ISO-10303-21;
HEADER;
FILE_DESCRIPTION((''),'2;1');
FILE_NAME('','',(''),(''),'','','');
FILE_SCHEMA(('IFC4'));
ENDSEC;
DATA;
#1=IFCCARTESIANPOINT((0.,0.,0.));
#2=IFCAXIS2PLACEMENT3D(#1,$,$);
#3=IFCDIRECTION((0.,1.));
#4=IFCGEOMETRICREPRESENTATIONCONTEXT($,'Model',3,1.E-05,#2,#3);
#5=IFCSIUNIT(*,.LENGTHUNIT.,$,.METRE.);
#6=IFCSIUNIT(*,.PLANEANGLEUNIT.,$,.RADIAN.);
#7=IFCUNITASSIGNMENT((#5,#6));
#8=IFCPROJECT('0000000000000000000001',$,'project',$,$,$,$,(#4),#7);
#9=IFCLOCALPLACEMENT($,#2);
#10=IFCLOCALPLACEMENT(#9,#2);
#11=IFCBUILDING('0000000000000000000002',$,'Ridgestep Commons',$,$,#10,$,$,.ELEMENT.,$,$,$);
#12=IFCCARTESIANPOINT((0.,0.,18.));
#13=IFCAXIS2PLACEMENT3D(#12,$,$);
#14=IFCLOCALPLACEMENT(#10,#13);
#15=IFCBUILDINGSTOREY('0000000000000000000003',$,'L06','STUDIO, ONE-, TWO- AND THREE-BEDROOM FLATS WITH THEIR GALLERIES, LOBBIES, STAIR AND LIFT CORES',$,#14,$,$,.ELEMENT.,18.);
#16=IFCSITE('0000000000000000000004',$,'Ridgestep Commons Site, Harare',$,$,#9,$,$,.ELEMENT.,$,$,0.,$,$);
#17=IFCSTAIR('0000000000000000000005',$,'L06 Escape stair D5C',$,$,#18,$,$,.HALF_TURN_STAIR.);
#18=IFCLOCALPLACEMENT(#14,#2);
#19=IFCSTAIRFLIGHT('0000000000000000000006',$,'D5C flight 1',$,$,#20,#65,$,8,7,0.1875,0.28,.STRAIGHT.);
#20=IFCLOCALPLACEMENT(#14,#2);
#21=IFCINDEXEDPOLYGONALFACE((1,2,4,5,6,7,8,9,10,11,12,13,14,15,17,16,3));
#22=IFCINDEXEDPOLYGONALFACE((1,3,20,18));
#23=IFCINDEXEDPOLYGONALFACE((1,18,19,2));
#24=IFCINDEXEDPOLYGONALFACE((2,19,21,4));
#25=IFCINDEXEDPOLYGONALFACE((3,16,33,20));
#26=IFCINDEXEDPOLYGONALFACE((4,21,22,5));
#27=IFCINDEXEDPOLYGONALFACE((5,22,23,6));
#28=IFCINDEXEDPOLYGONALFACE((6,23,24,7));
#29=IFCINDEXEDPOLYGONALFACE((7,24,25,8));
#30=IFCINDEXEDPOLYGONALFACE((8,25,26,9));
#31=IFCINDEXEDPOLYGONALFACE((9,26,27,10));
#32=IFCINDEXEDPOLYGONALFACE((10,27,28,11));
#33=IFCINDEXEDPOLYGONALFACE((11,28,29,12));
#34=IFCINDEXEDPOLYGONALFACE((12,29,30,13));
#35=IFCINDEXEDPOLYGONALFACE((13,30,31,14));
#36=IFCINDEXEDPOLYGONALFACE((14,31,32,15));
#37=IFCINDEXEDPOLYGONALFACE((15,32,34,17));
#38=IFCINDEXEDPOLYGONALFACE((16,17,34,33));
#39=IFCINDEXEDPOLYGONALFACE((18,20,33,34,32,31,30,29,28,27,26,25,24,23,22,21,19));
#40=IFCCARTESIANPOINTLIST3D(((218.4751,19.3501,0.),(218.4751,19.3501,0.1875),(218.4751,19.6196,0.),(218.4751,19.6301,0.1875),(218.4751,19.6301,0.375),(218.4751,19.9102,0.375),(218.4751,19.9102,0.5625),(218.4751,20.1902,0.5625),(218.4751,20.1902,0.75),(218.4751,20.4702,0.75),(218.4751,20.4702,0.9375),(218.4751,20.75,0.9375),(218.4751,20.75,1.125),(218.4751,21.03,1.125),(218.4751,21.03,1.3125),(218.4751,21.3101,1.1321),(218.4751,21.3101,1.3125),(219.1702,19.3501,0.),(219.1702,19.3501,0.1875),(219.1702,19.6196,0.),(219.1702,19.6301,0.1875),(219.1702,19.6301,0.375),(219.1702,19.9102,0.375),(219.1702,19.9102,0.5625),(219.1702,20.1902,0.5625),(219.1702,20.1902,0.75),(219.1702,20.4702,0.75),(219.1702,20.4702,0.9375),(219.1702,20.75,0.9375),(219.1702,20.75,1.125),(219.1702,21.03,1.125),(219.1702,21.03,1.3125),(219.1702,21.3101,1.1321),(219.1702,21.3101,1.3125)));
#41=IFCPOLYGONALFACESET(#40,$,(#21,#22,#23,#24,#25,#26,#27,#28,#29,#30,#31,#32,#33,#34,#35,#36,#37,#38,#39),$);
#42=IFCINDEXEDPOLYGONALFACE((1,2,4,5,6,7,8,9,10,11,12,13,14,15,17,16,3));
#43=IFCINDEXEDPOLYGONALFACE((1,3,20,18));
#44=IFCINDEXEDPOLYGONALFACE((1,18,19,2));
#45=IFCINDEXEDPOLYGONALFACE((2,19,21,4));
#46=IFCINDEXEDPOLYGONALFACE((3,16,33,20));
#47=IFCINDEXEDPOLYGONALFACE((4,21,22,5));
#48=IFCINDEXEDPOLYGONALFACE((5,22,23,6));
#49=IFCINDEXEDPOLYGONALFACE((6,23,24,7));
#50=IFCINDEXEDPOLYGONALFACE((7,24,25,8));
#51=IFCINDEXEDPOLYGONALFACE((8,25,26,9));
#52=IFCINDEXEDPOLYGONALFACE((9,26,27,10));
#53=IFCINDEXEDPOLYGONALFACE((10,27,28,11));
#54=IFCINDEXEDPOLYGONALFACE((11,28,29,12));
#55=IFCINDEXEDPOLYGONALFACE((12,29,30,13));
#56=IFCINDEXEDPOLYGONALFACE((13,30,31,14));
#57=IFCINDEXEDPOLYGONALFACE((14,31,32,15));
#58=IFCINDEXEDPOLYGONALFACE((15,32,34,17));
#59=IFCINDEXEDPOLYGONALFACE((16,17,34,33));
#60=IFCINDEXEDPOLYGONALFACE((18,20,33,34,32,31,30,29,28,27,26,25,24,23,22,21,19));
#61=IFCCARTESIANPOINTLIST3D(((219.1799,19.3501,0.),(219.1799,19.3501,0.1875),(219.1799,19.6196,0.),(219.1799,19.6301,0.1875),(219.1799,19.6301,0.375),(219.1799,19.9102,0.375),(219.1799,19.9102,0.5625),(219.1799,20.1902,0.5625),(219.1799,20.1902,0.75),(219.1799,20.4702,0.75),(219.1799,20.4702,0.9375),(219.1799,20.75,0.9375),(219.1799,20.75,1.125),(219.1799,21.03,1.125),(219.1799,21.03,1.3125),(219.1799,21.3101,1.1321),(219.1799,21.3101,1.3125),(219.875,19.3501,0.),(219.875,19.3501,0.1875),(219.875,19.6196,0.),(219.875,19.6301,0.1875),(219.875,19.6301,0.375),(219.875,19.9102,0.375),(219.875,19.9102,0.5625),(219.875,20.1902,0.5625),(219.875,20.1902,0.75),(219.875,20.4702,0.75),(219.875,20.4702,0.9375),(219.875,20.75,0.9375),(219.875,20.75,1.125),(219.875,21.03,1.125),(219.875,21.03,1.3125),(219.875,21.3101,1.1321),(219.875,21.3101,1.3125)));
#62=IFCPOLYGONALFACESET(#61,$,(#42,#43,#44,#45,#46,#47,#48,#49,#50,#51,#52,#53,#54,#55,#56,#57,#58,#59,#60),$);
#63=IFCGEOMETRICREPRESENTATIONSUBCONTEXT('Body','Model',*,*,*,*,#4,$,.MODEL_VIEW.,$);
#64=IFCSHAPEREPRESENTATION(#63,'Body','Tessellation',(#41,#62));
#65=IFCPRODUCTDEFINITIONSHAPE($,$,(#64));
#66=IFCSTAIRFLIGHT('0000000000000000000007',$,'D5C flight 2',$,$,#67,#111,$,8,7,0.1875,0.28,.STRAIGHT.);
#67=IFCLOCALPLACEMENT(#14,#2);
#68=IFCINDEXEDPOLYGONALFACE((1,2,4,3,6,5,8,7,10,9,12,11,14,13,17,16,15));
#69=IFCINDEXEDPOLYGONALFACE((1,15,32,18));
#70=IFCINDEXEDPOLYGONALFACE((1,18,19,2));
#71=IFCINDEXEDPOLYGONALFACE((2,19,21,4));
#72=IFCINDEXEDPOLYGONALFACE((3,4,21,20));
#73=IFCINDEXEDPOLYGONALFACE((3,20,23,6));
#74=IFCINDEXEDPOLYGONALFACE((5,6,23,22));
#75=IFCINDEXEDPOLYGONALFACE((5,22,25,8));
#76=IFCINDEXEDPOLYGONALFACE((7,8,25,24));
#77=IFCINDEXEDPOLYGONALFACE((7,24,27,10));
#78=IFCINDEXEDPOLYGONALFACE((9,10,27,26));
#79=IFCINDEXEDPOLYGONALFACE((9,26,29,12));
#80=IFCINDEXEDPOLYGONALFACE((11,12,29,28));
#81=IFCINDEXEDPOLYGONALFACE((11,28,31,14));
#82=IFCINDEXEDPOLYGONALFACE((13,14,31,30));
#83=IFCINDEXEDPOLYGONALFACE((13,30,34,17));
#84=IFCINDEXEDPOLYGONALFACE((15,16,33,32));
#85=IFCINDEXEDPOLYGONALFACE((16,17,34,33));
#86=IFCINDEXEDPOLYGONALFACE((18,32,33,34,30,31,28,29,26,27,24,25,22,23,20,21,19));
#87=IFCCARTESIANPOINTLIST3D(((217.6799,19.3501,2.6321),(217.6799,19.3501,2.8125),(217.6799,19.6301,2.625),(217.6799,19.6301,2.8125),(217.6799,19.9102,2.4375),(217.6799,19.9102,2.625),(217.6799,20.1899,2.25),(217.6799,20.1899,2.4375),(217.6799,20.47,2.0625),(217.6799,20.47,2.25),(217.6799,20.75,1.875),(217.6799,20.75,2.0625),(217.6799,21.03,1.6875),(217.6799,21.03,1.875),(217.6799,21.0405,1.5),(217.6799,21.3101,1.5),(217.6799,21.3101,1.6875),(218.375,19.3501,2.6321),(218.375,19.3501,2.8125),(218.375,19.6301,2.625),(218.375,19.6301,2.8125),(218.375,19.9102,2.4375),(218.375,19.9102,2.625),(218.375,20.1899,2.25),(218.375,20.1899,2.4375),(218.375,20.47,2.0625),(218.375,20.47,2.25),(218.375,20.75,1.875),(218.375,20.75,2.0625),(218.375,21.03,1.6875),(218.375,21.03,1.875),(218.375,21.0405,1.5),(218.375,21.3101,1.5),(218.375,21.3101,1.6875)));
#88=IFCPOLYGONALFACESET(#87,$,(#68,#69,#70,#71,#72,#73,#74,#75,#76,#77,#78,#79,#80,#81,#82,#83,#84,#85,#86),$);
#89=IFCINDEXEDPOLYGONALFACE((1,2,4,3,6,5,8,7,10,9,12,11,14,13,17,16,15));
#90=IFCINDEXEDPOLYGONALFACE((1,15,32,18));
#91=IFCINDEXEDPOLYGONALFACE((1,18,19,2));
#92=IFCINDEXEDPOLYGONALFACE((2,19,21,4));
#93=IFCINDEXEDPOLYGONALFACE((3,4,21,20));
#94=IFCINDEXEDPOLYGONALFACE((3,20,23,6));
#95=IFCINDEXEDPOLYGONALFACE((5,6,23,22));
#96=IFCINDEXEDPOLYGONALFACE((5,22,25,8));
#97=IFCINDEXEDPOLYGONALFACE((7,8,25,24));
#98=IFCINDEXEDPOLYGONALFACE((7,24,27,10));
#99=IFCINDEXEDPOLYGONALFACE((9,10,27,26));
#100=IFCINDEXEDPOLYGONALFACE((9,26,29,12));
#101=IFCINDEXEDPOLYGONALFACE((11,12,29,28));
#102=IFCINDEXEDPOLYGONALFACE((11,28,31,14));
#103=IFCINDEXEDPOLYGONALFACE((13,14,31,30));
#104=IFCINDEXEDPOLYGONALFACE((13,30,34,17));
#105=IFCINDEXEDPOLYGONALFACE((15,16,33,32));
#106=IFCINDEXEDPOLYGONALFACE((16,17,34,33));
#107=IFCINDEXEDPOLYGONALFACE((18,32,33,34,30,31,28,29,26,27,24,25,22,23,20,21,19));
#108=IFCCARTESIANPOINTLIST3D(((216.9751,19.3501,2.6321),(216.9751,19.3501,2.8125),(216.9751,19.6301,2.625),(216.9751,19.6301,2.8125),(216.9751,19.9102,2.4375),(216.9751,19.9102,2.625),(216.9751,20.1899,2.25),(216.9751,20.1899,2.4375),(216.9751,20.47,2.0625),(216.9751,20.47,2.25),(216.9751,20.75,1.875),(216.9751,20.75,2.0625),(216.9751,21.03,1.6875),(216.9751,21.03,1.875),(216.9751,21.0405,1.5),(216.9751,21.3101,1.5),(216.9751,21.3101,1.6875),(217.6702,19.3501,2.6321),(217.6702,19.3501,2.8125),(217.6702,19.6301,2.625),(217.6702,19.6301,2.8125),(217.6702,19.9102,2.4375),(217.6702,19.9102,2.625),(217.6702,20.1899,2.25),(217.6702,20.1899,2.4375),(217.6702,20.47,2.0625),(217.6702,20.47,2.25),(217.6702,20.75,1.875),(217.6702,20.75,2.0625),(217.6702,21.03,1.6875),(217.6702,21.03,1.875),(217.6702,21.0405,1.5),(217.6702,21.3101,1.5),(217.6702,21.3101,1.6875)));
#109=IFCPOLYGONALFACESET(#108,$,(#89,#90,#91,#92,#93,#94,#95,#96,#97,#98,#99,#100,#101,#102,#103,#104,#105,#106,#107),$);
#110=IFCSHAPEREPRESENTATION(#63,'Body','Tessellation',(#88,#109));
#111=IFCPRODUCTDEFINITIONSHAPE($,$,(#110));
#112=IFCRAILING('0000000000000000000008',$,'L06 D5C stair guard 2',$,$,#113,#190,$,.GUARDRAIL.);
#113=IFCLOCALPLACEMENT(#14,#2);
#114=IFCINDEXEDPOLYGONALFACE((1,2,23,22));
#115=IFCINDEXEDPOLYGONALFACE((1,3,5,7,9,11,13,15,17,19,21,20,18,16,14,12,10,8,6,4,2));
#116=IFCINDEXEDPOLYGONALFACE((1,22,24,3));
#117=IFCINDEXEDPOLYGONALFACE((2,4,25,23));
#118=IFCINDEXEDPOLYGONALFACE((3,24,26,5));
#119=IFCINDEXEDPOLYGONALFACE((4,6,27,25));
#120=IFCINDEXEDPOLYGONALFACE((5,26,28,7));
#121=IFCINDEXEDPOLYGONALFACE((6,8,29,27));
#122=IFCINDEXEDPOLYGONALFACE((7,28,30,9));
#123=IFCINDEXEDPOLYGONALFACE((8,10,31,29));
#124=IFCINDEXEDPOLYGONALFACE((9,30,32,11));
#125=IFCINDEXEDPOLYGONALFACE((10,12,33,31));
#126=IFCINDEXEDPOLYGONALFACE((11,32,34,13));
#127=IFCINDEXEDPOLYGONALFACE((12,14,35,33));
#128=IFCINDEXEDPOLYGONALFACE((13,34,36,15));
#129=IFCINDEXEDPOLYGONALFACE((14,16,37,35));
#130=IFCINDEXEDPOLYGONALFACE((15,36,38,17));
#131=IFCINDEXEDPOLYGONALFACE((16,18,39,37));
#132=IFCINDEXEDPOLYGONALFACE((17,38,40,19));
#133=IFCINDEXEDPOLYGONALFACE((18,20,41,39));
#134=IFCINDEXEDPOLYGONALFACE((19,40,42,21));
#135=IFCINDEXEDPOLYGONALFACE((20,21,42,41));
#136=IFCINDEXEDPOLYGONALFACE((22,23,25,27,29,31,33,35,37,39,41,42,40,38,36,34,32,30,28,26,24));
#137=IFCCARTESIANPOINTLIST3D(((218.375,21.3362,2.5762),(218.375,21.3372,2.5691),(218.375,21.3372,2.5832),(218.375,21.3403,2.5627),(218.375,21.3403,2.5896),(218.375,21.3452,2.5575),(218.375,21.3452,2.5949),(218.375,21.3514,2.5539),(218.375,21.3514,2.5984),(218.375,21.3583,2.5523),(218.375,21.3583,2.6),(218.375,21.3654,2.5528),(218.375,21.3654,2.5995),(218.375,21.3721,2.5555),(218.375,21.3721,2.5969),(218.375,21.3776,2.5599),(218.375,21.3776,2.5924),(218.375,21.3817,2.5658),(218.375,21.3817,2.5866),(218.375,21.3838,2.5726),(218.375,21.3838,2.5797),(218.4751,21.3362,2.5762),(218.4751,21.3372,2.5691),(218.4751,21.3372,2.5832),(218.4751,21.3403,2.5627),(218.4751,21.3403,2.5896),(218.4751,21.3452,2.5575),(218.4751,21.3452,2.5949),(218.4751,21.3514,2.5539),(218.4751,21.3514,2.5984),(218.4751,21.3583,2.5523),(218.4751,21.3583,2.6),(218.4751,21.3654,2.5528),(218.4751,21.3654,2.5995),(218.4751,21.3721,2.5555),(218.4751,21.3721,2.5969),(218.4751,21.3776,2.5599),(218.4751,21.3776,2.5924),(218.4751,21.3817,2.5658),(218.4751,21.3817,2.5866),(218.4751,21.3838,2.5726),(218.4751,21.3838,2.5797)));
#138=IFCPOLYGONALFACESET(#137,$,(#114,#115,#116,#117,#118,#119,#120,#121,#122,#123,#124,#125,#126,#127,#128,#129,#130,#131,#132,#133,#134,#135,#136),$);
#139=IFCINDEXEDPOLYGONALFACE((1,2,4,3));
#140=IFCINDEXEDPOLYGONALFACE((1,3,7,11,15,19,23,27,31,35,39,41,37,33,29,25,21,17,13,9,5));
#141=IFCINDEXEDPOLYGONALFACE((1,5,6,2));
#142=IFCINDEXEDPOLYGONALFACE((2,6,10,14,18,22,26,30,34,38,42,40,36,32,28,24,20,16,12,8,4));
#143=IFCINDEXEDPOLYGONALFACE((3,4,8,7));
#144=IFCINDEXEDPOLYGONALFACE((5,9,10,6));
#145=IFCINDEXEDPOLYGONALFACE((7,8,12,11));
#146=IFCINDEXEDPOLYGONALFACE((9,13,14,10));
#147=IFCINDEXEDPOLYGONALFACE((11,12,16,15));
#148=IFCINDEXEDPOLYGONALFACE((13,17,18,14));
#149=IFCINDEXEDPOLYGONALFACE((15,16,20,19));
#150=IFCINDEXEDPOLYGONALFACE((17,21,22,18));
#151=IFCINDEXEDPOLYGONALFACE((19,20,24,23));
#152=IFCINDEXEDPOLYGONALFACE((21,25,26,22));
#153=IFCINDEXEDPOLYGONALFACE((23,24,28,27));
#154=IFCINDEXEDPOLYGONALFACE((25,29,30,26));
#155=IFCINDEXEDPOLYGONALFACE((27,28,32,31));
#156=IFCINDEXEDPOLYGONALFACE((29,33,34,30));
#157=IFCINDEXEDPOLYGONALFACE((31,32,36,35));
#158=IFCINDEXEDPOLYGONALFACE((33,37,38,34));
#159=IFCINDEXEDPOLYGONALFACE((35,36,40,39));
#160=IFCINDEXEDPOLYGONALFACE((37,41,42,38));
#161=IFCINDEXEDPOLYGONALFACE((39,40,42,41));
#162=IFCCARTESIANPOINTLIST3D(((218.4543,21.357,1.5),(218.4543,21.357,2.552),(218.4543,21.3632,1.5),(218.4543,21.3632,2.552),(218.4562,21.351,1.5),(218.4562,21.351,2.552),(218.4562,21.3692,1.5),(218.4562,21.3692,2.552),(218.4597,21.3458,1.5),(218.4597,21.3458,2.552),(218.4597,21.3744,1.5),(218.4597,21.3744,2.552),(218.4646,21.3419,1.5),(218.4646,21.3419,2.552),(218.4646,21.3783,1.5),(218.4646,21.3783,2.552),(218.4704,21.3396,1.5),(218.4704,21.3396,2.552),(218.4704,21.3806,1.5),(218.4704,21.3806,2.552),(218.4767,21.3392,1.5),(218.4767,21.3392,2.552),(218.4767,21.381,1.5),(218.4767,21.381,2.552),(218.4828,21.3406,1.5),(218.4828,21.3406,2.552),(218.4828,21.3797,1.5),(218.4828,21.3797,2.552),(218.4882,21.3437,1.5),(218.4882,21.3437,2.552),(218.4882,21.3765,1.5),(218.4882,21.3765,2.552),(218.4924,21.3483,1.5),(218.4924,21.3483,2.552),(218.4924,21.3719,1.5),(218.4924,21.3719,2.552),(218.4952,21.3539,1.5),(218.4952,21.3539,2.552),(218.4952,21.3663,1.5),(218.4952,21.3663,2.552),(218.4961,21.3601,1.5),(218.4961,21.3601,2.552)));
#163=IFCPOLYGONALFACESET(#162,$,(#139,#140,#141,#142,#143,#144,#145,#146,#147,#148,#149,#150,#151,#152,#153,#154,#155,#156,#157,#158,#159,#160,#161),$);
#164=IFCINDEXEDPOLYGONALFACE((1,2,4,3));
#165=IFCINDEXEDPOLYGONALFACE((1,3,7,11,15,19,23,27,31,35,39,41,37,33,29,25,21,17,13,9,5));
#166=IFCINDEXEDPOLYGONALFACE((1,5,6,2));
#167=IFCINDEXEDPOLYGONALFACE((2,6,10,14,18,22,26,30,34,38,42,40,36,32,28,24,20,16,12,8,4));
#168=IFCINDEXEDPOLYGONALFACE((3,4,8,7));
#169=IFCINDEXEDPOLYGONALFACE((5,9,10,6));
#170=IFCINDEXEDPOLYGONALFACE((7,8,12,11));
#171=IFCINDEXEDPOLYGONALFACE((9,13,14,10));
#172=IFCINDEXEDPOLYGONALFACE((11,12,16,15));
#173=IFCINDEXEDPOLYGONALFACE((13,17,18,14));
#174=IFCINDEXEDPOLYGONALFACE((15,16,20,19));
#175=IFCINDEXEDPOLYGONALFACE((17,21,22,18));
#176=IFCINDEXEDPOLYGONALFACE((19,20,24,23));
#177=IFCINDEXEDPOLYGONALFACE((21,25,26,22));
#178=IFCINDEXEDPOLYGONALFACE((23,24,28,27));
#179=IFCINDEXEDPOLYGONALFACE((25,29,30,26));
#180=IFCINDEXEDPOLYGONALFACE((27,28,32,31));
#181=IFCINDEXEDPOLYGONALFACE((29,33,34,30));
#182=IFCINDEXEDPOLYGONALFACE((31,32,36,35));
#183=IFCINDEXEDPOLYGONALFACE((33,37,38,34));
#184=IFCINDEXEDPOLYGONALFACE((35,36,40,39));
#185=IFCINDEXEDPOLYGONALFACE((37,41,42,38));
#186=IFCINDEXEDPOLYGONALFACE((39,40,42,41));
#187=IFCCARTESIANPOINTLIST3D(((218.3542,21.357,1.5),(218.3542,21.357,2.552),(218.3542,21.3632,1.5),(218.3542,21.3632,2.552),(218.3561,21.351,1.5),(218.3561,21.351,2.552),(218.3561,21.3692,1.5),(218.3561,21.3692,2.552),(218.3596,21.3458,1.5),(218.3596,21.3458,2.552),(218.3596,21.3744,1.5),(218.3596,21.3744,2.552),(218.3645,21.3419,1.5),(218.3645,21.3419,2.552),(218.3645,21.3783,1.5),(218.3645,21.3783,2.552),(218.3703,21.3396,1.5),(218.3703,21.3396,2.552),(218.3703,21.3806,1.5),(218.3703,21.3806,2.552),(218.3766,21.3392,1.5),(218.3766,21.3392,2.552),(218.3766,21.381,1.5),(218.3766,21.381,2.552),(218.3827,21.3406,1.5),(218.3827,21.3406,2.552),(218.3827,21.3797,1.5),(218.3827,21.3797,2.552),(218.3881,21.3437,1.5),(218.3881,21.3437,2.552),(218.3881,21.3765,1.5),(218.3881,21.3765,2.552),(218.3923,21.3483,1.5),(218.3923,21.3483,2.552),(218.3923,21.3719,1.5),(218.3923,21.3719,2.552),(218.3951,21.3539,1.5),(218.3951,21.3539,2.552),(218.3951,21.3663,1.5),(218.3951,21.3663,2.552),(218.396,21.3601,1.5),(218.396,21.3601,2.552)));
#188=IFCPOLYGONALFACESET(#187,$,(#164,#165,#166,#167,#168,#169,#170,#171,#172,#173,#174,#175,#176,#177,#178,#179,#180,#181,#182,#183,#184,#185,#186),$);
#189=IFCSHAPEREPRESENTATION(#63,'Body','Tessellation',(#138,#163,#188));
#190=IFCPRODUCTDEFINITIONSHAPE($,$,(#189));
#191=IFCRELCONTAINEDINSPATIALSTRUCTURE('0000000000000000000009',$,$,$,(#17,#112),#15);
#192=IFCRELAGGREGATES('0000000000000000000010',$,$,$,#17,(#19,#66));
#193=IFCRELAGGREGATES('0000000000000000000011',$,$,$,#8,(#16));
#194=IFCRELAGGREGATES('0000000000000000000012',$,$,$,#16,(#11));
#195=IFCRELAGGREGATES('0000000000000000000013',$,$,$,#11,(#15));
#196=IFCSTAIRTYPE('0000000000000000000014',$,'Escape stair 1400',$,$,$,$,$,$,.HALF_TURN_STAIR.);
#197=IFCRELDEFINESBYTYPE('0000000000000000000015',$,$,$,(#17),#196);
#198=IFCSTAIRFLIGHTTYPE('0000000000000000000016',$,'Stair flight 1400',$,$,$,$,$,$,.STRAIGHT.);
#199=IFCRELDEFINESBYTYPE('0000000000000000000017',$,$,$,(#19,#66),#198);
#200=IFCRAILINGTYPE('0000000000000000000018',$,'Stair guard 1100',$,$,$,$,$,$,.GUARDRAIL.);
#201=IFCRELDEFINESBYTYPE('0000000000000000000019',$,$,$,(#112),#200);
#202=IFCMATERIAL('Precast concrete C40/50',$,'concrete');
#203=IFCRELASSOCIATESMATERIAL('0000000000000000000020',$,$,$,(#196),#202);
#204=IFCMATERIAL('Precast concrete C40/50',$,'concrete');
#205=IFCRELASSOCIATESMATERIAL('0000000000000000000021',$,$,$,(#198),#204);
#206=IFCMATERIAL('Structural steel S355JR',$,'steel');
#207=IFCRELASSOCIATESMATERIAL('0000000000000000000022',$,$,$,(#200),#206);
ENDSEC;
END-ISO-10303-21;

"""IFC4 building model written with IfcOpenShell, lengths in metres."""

from ifc_helpers import new_model, si_unit, direction, frame, origin, origin_2d, place, context, subcontext, project, spatial, polyline, circle, outline, extrude, material, type_object, element, aggregate, save


model = new_model("IFC4")

# Units and contexts
model_context = context("Model", 3, precision=1e-05, world=origin(), true_north=direction((0.0, 1.0)))
body_context = subcontext(model_context, "Body", "Model", "MODEL_VIEW")
ifc_project = project(units=[si_unit("LENGTHUNIT", "METRE"), si_unit("PLANEANGLEUNIT", "RADIAN")], contexts=[model_context])

# Site, building, storey
site_placement = place(None, origin())
site = spatial("IfcSite", under=ifc_project, at=site_placement, Name="Ridgestep Commons Site, Harare", CompositionType="ELEMENT", RefElevation=0.0)
building_placement = place(site_placement, origin())
building = spatial("IfcBuilding", under=site, at=building_placement, Name="Ridgestep Commons", CompositionType="ELEMENT")
storey_placement = place(building_placement, frame((0.0, 0.0, 18.0)))
storey = spatial("IfcBuildingStorey", under=building, at=storey_placement, Name="L06", Description="STUDIO, ONE-, TWO- AND THREE-BEDROOM FLATS WITH THEIR GALLERIES, LOBBIES, STAIR AND LIFT CORES", CompositionType="ELEMENT", Elevation=18.0)

# Stair, stair flights
ifc_material_1 = material(Name="Precast concrete C40/50", Category="concrete")
stair_type = type_object("IfcStairType", Name="Escape stair 1400", PredefinedType="HALF_TURN_STAIR", material=ifc_material_1)
stair_placement = place(storey_placement, origin())
stair = element("IfcStair", 1, at=stair_placement, inside=storey, type_object=stair_type, Name="L06 Escape stair D5C", PredefinedType="HALF_TURN_STAIR")
ifc_material_2 = material(Name="Precast concrete C40/50", Category="concrete")
stair_flight_type = type_object("IfcStairFlightType", Name="Stair flight 1400", PredefinedType="STRAIGHT", material=ifc_material_2)
stair_flight_1_placement = place(storey_placement, frame((219.175, 19.3501, 0.0), z_axis=(0.0, 0.0, 1.0), x_axis=(0.0, 1.0, 0.0)))
stair_flight_1 = element("IfcStairFlight", 2, at=stair_flight_1_placement, type_object=stair_flight_type, Name="D5C flight 1", NumberOfRisers=8, NumberOfTreads=7, PredefinedType="STRAIGHT", RiserHeight=0.1875, TreadLength=0.28, context=body_context, shape_type="SweptSolid", body=[
    extrude(outline(polyline([(0.0, 0.0), (0.0, 0.1875), (0.28, 0.1875), (0.28, 0.375), (0.5601, 0.375), (0.5601, 0.5625), (0.8401, 0.5625), (0.8401, 0.75), (1.1201, 0.75), (1.1201, 0.9375), (1.3999, 0.9375), (1.3999, 1.125), (1.6799, 1.125), (1.6799, 1.3125), (1.96, 1.3125), (1.96, 1.5), (1.96, 1.1321), (0.2695, 0.0), (0.0, 0.0)])), frame((0.0, 0.7, 0.0), z_axis=(0.0, -1.0, 0.0), x_axis=(1.0, 0.0, 0.0)), (0.0, 0.0, 1.0), 0.6951),
    extrude(outline(polyline([(0.0, 0.0), (0.0, 0.1875), (0.28, 0.1875), (0.28, 0.375), (0.5601, 0.375), (0.5601, 0.5625), (0.8401, 0.5625), (0.8401, 0.75), (1.1201, 0.75), (1.1201, 0.9375), (1.3999, 0.9375), (1.3999, 1.125), (1.6799, 1.125), (1.6799, 1.3125), (1.96, 1.3125), (1.96, 1.5), (1.96, 1.1321), (0.2695, 0.0), (0.0, 0.0)])), frame((0.0, -0.0049, 0.0), z_axis=(0.0, -1.0, 0.0), x_axis=(1.0, 0.0, 0.0)), (0.0, 0.0, 1.0), 0.6951),
])
stair_flight_2_placement = place(storey_placement, frame((217.675, 21.3101, 1.5), z_axis=(0.0, 0.0, 1.0), x_axis=(0.0, -1.0, 0.0)))
stair_flight_2 = element("IfcStairFlight", 3, at=stair_flight_2_placement, type_object=stair_flight_type, Name="D5C flight 2", NumberOfRisers=8, NumberOfTreads=7, PredefinedType="STRAIGHT", RiserHeight=0.1875, TreadLength=0.28, context=body_context, shape_type="SweptSolid", body=[
    extrude(outline(polyline([(0.0, 0.0), (0.0, 0.1875), (0.28, 0.1875), (0.28, 0.375), (0.5601, 0.375), (0.5601, 0.5625), (0.8401, 0.5625), (0.8401, 0.75), (1.1201, 0.75), (1.1201, 0.9375), (1.3999, 0.9375), (1.3999, 1.125), (1.6799, 1.125), (1.6799, 1.3125), (1.96, 1.3125), (1.96, 1.5), (1.96, 1.1321), (0.2695, 0.0), (0.0, 0.0)])), frame((0.0, 0.7, 0.0), z_axis=(0.0, -1.0, 0.0), x_axis=(1.0, 0.0, 0.0)), (0.0, 0.0, 1.0), 0.6951),
    extrude(outline(polyline([(0.0, 0.0), (0.0, 0.1875), (0.28, 0.1875), (0.28, 0.375), (0.5601, 0.375), (0.5601, 0.5625), (0.8401, 0.5625), (0.8401, 0.75), (1.1201, 0.75), (1.1201, 0.9375), (1.3999, 0.9375), (1.3999, 1.125), (1.6799, 1.125), (1.6799, 1.3125), (1.96, 1.3125), (1.96, 1.5), (1.96, 1.1321), (0.2695, 0.0), (0.0, 0.0)])), frame((0.0, -0.0049, 0.0), z_axis=(0.0, -1.0, 0.0), x_axis=(1.0, 0.0, 0.0)), (0.0, 0.0, 1.0), 0.6951),
])
aggregate(stair, [stair_flight_1, stair_flight_2])

# Railing
ifc_material_3 = material(Name="Structural steel S355JR", Category="steel")
railing_type_1 = type_object("IfcRailingType", Name="Stair guard 1100", PredefinedType="GUARDRAIL", material=ifc_material_3)
railing_1_placement = place(storey_placement, frame((218.4751, 21.3601, 1.5)))
element("IfcRailing", 4, at=railing_1_placement, inside=storey, type_object=railing_type_1, Name="L06 D5C stair guard 2", PredefinedType="GUARDRAIL", context=body_context, shape_type="SweptSolid", body=[
    extrude(circle(Radius=0.0239, at=origin_2d()), frame((0.0, 0.0, 1.0762), z_axis=(-1.0, 0.0, 0.0), x_axis=(0.0, -1.0, 0.0)), (0.0, 0.0, 1.0), 0.1001),
    extrude(circle(Radius=0.021, at=origin_2d()), origin(), (0.0, 0.0, 1.0), 1.052),
    extrude(circle(Radius=0.021, at=origin_2d()), frame((-0.1001, 0.0, 0.0)), (0.0, 0.0, 1.0), 1.052),
])

save(model, "model.ifc")
